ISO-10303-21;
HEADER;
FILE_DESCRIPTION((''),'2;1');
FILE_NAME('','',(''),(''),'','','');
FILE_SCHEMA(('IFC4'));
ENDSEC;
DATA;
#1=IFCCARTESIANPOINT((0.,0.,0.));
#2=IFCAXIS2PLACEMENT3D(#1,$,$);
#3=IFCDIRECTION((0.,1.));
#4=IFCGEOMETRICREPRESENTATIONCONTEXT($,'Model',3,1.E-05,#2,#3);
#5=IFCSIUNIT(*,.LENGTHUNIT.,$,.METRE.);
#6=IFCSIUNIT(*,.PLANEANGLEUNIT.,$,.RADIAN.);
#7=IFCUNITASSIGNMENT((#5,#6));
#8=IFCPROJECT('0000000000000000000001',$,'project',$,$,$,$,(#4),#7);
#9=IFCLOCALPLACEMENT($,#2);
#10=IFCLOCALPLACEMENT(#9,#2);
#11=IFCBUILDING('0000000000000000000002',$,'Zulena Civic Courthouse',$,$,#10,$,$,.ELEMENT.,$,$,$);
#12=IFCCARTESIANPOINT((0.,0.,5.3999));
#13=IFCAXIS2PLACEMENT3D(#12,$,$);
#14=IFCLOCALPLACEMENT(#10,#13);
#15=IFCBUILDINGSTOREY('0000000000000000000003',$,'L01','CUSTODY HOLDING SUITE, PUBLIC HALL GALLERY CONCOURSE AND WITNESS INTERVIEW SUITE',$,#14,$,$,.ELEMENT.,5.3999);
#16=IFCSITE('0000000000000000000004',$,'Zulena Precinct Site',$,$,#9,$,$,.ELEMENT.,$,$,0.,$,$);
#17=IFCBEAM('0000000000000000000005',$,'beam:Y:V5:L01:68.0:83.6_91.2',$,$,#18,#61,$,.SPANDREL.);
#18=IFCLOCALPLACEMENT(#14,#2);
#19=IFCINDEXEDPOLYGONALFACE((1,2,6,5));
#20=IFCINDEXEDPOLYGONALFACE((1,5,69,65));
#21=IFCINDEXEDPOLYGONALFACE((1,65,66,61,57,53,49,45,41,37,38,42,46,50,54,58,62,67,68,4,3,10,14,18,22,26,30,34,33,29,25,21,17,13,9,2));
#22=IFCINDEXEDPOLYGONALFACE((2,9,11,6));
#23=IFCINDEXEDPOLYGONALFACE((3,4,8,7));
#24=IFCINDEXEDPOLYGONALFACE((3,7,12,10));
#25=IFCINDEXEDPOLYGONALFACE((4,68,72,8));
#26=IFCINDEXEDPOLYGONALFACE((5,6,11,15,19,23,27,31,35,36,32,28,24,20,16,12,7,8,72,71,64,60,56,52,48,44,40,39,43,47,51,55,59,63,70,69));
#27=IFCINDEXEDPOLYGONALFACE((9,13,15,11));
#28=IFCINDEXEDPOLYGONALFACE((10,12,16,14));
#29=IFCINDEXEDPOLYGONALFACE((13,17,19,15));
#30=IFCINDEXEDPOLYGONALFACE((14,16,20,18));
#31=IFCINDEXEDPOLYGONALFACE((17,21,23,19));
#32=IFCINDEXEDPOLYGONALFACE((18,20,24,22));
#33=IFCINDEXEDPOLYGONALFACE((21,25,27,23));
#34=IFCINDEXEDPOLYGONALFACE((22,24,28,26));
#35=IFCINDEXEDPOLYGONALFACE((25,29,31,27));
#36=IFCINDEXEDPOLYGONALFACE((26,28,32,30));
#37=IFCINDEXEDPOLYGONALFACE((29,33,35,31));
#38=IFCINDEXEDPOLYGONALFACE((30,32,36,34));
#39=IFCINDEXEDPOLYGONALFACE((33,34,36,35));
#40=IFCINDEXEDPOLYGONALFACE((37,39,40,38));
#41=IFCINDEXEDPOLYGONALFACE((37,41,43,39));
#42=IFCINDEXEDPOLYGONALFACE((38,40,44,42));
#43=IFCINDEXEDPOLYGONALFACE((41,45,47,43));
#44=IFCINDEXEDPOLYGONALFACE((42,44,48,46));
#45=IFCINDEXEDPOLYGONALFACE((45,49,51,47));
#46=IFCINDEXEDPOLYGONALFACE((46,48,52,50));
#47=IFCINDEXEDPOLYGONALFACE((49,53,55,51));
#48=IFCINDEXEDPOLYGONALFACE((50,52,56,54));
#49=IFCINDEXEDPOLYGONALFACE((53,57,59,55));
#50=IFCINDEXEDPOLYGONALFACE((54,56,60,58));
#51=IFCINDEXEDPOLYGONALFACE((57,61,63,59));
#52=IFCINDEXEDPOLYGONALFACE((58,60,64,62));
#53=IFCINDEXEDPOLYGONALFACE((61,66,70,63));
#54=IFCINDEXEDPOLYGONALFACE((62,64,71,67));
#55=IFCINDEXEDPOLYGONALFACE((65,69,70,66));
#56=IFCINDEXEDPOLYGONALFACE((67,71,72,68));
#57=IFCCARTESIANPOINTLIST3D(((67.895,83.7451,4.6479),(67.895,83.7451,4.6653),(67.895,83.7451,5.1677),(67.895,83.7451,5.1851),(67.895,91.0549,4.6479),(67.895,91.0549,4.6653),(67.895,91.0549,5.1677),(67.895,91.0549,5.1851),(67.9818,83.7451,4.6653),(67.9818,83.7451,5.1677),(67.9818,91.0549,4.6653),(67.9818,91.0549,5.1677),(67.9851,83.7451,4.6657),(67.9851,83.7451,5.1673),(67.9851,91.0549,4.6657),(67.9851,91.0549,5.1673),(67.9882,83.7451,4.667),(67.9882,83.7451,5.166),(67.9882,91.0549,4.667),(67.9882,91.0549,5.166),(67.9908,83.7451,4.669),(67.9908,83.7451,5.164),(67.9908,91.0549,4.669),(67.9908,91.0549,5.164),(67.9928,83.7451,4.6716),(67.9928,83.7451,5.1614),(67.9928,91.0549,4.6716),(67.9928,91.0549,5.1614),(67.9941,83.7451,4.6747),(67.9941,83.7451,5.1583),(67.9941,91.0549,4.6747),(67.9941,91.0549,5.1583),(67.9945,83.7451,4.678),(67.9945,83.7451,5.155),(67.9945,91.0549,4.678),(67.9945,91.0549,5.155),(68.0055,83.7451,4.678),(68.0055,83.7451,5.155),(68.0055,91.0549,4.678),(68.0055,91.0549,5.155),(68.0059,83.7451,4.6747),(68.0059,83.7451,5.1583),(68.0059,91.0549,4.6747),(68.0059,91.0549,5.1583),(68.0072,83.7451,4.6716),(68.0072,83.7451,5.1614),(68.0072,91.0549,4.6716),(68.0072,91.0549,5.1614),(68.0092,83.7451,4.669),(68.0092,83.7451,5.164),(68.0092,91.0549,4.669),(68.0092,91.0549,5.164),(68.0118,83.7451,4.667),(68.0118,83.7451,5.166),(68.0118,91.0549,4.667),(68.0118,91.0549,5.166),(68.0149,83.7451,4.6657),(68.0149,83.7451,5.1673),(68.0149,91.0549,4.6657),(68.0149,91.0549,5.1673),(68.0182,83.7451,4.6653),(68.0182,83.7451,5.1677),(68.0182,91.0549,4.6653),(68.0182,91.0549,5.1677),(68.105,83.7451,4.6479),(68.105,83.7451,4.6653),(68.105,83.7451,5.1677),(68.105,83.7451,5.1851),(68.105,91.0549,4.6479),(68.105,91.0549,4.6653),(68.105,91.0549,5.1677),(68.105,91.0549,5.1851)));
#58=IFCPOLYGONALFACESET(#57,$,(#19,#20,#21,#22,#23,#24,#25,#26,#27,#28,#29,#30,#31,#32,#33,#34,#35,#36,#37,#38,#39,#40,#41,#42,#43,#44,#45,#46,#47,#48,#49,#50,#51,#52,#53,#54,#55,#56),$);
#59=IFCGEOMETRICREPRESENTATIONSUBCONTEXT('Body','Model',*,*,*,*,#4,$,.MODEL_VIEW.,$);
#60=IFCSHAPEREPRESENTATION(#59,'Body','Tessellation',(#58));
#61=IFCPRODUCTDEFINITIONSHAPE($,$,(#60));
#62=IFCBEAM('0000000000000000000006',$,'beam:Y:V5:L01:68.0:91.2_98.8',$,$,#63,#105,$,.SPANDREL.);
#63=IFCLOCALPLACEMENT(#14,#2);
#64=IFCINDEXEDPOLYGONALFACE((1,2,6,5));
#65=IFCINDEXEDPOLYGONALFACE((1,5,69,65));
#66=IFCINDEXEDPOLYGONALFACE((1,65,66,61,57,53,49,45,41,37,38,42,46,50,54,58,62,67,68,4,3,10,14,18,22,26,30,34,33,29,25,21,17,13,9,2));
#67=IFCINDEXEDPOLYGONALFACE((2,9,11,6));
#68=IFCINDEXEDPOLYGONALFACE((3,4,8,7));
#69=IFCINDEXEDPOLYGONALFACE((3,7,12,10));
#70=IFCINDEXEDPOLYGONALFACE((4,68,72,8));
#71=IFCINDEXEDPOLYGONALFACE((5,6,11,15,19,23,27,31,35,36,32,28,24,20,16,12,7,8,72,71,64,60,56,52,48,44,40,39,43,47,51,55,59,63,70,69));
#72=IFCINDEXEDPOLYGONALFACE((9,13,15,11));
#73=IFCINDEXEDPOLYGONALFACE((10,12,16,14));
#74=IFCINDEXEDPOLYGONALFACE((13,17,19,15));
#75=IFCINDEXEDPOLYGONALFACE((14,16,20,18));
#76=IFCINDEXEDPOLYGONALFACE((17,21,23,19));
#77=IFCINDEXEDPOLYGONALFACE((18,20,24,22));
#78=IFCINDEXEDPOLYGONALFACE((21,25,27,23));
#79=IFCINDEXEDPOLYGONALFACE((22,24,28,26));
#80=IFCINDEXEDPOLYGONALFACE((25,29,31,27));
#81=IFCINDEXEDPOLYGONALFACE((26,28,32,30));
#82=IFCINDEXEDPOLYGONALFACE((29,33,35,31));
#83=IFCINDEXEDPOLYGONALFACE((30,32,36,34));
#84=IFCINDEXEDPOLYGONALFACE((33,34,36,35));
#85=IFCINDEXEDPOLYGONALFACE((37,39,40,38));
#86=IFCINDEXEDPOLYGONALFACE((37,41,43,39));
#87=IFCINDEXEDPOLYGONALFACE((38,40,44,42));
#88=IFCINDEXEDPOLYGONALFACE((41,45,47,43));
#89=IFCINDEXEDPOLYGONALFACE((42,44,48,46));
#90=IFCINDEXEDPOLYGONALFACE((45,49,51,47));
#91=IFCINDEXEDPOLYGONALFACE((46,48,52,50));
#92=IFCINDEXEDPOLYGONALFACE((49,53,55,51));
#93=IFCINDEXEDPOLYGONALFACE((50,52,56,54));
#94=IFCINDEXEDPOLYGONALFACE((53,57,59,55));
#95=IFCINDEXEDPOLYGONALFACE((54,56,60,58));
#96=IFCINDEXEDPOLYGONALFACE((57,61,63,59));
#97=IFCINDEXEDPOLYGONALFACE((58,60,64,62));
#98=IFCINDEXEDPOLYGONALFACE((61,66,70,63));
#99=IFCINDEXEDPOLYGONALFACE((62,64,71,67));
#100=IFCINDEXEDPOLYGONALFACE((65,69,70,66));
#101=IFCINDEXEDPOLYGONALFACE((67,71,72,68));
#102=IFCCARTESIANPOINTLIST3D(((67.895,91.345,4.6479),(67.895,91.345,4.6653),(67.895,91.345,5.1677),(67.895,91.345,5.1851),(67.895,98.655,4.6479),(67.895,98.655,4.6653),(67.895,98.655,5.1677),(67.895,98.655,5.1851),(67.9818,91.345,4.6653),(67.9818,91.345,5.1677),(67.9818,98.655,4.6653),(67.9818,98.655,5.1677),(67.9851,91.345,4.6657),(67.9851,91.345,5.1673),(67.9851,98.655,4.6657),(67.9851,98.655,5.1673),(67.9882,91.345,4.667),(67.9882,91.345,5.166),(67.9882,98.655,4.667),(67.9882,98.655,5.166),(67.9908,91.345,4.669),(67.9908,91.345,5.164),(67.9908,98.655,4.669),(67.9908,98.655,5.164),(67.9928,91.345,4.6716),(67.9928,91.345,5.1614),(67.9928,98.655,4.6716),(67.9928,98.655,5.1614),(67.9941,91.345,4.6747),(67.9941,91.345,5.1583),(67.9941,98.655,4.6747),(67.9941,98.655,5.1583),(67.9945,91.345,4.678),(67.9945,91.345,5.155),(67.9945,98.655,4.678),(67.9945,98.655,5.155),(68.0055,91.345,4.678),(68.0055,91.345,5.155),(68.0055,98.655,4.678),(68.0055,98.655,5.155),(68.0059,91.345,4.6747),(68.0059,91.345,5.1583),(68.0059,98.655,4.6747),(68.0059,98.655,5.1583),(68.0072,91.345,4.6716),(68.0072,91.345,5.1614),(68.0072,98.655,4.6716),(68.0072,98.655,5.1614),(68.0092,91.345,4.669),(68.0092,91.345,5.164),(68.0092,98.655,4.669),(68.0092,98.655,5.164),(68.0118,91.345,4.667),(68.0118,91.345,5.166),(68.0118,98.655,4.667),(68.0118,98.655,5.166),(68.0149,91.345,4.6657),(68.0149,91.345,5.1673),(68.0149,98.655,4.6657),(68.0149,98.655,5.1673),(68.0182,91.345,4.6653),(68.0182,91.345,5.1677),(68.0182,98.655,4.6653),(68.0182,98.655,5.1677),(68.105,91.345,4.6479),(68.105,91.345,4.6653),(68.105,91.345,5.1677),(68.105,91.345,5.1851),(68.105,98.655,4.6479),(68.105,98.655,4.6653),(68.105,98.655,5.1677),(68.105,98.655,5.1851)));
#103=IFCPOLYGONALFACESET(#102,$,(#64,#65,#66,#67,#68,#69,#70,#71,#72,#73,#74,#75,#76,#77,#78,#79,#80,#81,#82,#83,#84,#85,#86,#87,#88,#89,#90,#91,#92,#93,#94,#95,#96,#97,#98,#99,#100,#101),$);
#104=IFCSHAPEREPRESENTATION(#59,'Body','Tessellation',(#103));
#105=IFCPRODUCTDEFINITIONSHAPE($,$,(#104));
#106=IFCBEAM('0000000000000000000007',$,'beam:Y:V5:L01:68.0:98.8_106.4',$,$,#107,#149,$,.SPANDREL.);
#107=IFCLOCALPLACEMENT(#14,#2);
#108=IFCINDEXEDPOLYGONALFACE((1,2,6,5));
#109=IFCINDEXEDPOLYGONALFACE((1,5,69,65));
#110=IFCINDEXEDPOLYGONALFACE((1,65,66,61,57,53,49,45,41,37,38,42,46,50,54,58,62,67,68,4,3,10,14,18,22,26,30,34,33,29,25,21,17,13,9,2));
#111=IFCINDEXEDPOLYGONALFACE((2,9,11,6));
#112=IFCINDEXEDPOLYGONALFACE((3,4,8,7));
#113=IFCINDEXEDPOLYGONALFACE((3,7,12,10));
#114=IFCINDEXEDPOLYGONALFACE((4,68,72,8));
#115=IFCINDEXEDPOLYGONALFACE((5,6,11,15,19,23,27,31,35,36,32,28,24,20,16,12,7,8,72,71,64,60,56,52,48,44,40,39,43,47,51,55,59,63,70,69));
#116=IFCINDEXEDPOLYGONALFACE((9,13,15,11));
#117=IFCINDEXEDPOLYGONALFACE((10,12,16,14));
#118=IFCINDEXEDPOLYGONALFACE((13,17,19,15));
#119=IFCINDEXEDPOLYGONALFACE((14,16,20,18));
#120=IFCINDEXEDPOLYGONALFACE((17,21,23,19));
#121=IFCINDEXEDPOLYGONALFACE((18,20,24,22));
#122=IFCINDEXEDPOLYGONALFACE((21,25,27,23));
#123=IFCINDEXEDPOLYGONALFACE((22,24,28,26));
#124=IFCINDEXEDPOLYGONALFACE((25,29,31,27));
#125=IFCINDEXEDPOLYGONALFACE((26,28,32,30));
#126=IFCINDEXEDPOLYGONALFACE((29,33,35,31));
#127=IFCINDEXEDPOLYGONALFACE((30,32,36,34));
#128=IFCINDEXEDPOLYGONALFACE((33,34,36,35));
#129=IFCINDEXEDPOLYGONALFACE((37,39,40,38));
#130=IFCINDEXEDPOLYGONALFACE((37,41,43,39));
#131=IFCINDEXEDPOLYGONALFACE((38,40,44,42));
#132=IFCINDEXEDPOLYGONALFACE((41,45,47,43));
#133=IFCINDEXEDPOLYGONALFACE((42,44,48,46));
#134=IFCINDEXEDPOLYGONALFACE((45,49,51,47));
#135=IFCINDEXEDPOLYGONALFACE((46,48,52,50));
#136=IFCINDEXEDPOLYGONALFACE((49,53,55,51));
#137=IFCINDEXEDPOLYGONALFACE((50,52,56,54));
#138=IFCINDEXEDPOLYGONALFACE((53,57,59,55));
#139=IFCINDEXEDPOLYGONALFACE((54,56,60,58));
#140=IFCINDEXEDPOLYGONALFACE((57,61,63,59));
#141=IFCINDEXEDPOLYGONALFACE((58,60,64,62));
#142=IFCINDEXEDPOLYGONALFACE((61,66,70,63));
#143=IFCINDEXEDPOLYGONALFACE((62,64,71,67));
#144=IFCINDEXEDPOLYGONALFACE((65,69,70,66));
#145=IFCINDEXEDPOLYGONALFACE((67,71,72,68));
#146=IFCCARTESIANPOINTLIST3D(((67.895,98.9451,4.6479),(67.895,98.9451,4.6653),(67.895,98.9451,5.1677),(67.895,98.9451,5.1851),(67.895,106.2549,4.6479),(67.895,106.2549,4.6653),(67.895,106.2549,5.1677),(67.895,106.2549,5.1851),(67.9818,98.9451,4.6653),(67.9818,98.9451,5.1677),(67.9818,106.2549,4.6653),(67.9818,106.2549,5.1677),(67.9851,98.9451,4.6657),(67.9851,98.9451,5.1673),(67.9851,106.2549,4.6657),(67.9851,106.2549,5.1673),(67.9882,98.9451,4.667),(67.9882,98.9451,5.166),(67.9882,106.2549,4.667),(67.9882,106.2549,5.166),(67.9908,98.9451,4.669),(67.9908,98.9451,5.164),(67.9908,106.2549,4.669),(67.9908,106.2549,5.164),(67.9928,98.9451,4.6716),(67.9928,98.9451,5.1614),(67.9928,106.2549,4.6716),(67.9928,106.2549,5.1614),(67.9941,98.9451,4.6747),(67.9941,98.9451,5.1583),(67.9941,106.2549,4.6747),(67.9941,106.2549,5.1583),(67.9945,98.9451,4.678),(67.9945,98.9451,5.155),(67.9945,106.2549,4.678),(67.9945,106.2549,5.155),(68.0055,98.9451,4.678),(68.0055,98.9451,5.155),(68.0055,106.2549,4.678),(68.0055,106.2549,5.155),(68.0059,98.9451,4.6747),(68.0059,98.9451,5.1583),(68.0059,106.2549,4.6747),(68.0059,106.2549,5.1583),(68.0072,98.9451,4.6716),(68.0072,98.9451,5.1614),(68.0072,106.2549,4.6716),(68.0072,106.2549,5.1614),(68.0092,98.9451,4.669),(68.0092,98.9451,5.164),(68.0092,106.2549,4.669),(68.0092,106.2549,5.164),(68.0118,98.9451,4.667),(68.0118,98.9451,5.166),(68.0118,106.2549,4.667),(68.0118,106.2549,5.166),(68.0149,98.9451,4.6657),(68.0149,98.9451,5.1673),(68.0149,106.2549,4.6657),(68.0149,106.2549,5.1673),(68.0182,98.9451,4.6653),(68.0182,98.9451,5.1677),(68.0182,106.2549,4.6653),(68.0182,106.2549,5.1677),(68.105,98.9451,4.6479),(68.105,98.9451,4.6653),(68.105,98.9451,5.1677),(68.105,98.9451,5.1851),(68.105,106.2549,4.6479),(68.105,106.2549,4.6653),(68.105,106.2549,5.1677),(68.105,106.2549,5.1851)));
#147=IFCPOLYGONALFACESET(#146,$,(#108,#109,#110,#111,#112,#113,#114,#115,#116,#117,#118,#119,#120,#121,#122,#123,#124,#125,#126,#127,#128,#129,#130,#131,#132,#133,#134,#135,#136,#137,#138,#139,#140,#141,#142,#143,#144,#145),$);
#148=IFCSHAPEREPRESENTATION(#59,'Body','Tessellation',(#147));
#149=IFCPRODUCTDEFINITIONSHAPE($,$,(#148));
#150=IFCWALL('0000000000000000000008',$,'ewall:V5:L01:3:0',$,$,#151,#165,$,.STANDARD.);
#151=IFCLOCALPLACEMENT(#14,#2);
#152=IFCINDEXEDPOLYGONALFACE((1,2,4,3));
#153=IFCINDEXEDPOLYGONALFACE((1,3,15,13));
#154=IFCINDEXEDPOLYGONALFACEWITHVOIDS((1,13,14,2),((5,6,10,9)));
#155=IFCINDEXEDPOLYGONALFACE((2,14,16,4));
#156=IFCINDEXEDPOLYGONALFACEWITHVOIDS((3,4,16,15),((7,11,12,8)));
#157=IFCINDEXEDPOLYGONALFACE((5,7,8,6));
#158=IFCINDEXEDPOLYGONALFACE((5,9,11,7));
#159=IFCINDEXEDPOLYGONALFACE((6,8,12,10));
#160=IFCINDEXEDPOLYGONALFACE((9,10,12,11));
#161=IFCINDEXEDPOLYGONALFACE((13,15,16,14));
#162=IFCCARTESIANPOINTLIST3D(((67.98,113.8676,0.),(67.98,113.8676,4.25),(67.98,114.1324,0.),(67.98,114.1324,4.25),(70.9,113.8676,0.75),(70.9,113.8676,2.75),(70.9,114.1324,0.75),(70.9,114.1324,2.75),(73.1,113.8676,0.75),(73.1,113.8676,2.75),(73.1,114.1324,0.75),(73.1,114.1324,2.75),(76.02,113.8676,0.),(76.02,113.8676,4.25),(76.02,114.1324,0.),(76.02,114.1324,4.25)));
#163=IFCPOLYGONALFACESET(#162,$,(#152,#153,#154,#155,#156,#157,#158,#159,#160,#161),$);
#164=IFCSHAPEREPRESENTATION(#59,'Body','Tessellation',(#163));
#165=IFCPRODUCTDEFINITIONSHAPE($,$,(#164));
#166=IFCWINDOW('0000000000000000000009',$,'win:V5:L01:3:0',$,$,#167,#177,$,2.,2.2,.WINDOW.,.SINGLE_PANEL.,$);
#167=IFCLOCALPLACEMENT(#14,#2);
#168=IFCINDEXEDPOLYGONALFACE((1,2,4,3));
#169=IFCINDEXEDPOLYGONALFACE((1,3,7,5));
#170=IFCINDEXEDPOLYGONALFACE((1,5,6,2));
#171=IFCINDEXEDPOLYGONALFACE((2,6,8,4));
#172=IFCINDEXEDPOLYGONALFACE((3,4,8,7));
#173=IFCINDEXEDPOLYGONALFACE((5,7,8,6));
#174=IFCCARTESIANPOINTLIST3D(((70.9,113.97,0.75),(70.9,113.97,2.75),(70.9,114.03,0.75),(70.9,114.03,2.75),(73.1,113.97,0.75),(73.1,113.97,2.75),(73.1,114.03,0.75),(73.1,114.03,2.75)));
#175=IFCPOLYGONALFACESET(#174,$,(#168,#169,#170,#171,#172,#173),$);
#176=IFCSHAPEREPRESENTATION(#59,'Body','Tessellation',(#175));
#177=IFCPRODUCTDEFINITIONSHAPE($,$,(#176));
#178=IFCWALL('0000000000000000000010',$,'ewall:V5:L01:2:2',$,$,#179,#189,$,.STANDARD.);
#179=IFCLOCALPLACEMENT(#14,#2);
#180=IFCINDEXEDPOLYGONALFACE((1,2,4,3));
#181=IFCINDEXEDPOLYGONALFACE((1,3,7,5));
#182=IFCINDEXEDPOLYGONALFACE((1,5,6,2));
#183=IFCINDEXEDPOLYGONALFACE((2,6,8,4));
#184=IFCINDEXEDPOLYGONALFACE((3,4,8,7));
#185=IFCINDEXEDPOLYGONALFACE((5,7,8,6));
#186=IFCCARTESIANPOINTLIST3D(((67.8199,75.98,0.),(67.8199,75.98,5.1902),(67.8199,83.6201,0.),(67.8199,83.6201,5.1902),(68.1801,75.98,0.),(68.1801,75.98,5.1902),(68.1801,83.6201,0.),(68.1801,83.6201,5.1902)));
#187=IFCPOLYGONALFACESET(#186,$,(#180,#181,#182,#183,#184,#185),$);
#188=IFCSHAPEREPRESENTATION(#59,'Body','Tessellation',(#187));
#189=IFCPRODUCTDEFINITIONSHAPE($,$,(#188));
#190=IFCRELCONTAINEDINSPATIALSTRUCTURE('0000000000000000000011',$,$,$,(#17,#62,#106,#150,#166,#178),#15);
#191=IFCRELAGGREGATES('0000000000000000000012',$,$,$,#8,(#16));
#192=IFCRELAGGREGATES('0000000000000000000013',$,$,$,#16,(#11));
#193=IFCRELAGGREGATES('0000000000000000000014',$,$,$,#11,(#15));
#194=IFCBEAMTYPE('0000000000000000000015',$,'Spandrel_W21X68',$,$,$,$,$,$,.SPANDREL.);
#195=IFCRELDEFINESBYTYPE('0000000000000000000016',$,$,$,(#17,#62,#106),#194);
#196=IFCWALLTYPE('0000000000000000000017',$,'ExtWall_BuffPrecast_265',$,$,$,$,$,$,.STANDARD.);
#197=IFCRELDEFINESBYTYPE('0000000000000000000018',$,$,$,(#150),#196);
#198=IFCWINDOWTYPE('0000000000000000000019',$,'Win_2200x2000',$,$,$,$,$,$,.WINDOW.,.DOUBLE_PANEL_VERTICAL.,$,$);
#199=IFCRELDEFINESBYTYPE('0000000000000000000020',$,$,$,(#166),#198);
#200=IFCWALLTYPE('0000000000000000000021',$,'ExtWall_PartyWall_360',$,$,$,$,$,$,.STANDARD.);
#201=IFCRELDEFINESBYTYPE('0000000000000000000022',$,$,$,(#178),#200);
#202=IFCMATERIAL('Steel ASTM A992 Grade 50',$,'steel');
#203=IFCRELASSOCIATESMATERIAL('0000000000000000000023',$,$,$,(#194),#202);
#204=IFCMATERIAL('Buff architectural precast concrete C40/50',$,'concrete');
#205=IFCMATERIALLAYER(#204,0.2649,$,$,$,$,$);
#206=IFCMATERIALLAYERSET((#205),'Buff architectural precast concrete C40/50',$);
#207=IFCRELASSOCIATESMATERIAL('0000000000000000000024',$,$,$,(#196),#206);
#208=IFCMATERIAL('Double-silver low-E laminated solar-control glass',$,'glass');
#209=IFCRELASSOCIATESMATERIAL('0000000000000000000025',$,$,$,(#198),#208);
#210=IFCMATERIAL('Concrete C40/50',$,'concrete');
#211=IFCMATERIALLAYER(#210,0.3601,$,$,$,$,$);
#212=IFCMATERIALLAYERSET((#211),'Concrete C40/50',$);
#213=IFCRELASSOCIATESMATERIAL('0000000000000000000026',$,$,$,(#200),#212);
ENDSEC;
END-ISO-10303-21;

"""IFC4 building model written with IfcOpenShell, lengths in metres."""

from ifc_helpers import new_model, si_unit, direction, frame, frame_2d, origin, origin_2d, place, context, subcontext, project, spatial, rectangle, i_section, extrude, material, layer, layer_set, material_profile, profile_set, type_object, element, fill, save


model = new_model("IFC4")

# Units and contexts
model_context = context("Model", 3, precision=1e-05, world=origin(), true_north=direction((0.0, 1.0)))
body_context = subcontext(model_context, "Body", "Model", "MODEL_VIEW")
ifc_project = project(units=[si_unit("LENGTHUNIT", "METRE"), si_unit("PLANEANGLEUNIT", "RADIAN")], contexts=[model_context])

# Site, building, storey
site_placement = place(None, origin())
site = spatial("IfcSite", under=ifc_project, at=site_placement, Name="Zulena Precinct Site", CompositionType="ELEMENT", RefElevation=0.0)
building_placement = place(site_placement, origin())
building = spatial("IfcBuilding", under=site, at=building_placement, Name="Zulena Civic Courthouse", CompositionType="ELEMENT")
storey_placement = place(building_placement, frame((0.0, 0.0, 5.3999)))
storey = spatial("IfcBuildingStorey", under=building, at=storey_placement, Name="L01", Description="CUSTODY HOLDING SUITE, PUBLIC HALL GALLERY CONCOURSE AND WITNESS INTERVIEW SUITE", CompositionType="ELEMENT", Elevation=5.3999)

# Shared definitions
ifc_material_1 = material(Name="Steel ASTM A992 Grade 50", Category="steel")

# Beams
ifc_material_profile_1 = material_profile(ifc_material_1, i_section(OverallWidth=0.21, OverallDepth=0.5371, WebThickness=0.011, FlangeThickness=0.0173, FilletRadius=0.0127, at=origin_2d()), Name="W21X68")
ifc_profile_set_1 = profile_set([ifc_material_profile_1], Name="Steel ASTM A992 Grade 50")
beam_type = type_object("IfcBeamType", Name="Spandrel_W21X68", PredefinedType="SPANDREL", material=ifc_profile_set_1)
beam_1_placement = place(storey_placement, frame((68.0, 83.7451, 4.9165), z_axis=(0.0, 1.0, 0.0), x_axis=(-1.0, 0.0, 0.0)))
element("IfcBeam", 1, at=beam_1_placement, inside=storey, type_object=beam_type, Name="beam:Y:V5:L01:68.0:83.6_91.2", PredefinedType="SPANDREL", context=body_context, shape_type="SweptSolid", body=[
    extrude(i_section(OverallWidth=0.21, OverallDepth=0.5371, WebThickness=0.011, FlangeThickness=0.0173, FilletRadius=0.0127, at=origin_2d()), origin(), (0.0, 0.0, 1.0), 7.3098),
])
beam_2_placement = place(storey_placement, frame((68.0, 91.345, 4.9165), z_axis=(0.0, 1.0, 0.0), x_axis=(-1.0, 0.0, 0.0)))
element("IfcBeam", 2, at=beam_2_placement, inside=storey, type_object=beam_type, Name="beam:Y:V5:L01:68.0:91.2_98.8", PredefinedType="SPANDREL", context=body_context, shape_type="SweptSolid", body=[
    extrude(i_section(OverallWidth=0.21, OverallDepth=0.5371, WebThickness=0.011, FlangeThickness=0.0173, FilletRadius=0.0127, at=origin_2d()), origin(), (0.0, 0.0, 1.0), 7.3101),
])
beam_3_placement = place(storey_placement, frame((68.0, 98.9451, 4.9165), z_axis=(0.0, 1.0, 0.0), x_axis=(-1.0, 0.0, 0.0)))
element("IfcBeam", 3, at=beam_3_placement, inside=storey, type_object=beam_type, Name="beam:Y:V5:L01:68.0:98.8_106.4", PredefinedType="SPANDREL", context=body_context, shape_type="SweptSolid", body=[
    extrude(i_section(OverallWidth=0.21, OverallDepth=0.5371, WebThickness=0.011, FlangeThickness=0.0173, FilletRadius=0.0127, at=origin_2d()), origin(), (0.0, 0.0, 1.0), 7.3098),
])

# Wall, opening, window
ifc_material_2 = material(Name="Buff architectural precast concrete C40/50", Category="concrete")
ifc_layer_1 = layer(ifc_material_2, 0.2649)
ifc_layer_set_1 = layer_set([ifc_layer_1], Name="Buff architectural precast concrete C40/50")
wall_type_1 = type_object("IfcWallType", Name="ExtWall_BuffPrecast_265", PredefinedType="STANDARD", material=ifc_layer_set_1)
wall_1_placement = place(storey_placement, frame((67.98, 114.0, 0.0), z_axis=(0.0, 0.0, 1.0), x_axis=(1.0, 0.0, 0.0)))
wall_1 = element("IfcWall", 4, at=wall_1_placement, inside=storey, type_object=wall_type_1, Name="ewall:V5:L01:3:0", PredefinedType="STANDARD", context=body_context, shape_type="SweptSolid", body=[
    extrude(rectangle(XDim=8.04, YDim=0.2649, at=frame_2d((4.02, 0.0))), origin(), (0.0, 0.0, 1.0), 4.25),
])
opening_placement = place(wall_1_placement, frame((2.9199, 0.0, 0.75)))
opening = element("IfcOpeningElement", 5, at=opening_placement, cuts=wall_1, PredefinedType="OPENING", context=body_context, shape_type="SweptSolid", body=[
    extrude(rectangle(XDim=2.2, YDim=2.0, at=frame_2d((1.1001, 1.0))), frame((0.0, 0.1423, 0.0), z_axis=(0.0, -1.0, 0.0), x_axis=(1.0, 0.0, 0.0)), (0.0, 0.0, 1.0), 0.2849),
])
ifc_material_3 = material(Name="Double-silver low-E laminated solar-control glass", Category="glass")
window_type = type_object("IfcWindowType", Name="Win_2200x2000", PartitioningType="DOUBLE_PANEL_VERTICAL", PredefinedType="WINDOW", material=ifc_material_3)
window_placement = place(opening_placement, origin())
window = element("IfcWindow", 6, at=window_placement, inside=storey, type_object=window_type, Name="win:V5:L01:3:0", OverallHeight=2.0, OverallWidth=2.2, PartitioningType="SINGLE_PANEL", PredefinedType="WINDOW", context=body_context, shape_type="SweptSolid", body=[
    extrude(rectangle(XDim=2.2, YDim=2.0, at=frame_2d((1.1001, 1.0))), frame((0.0, 0.03, 0.0), z_axis=(0.0, -1.0, 0.0), x_axis=(1.0, 0.0, 0.0)), (0.0, 0.0, 1.0), 0.0601),
])
fill(opening, window)

# Wall
ifc_material_4 = material(Name="Concrete C40/50", Category="concrete")
ifc_layer_2 = layer(ifc_material_4, 0.3601)
ifc_layer_set_2 = layer_set([ifc_layer_2], Name="Concrete C40/50")
wall_type_2 = type_object("IfcWallType", Name="ExtWall_PartyWall_360", PredefinedType="STANDARD", material=ifc_layer_set_2)
wall_2_placement = place(storey_placement, frame((68.0, 75.98, 0.0), z_axis=(0.0, 0.0, 1.0), x_axis=(0.0, 1.0, 0.0)))
element("IfcWall", 7, at=wall_2_placement, inside=storey, type_object=wall_type_2, Name="ewall:V5:L01:2:2", PredefinedType="STANDARD", context=body_context, shape_type="SweptSolid", body=[
    extrude(rectangle(XDim=7.6401, YDim=0.3601, at=frame_2d((3.8201, 0.0))), origin(), (0.0, 0.0, 1.0), 5.1902),
])

save(model, "model.ifc")
